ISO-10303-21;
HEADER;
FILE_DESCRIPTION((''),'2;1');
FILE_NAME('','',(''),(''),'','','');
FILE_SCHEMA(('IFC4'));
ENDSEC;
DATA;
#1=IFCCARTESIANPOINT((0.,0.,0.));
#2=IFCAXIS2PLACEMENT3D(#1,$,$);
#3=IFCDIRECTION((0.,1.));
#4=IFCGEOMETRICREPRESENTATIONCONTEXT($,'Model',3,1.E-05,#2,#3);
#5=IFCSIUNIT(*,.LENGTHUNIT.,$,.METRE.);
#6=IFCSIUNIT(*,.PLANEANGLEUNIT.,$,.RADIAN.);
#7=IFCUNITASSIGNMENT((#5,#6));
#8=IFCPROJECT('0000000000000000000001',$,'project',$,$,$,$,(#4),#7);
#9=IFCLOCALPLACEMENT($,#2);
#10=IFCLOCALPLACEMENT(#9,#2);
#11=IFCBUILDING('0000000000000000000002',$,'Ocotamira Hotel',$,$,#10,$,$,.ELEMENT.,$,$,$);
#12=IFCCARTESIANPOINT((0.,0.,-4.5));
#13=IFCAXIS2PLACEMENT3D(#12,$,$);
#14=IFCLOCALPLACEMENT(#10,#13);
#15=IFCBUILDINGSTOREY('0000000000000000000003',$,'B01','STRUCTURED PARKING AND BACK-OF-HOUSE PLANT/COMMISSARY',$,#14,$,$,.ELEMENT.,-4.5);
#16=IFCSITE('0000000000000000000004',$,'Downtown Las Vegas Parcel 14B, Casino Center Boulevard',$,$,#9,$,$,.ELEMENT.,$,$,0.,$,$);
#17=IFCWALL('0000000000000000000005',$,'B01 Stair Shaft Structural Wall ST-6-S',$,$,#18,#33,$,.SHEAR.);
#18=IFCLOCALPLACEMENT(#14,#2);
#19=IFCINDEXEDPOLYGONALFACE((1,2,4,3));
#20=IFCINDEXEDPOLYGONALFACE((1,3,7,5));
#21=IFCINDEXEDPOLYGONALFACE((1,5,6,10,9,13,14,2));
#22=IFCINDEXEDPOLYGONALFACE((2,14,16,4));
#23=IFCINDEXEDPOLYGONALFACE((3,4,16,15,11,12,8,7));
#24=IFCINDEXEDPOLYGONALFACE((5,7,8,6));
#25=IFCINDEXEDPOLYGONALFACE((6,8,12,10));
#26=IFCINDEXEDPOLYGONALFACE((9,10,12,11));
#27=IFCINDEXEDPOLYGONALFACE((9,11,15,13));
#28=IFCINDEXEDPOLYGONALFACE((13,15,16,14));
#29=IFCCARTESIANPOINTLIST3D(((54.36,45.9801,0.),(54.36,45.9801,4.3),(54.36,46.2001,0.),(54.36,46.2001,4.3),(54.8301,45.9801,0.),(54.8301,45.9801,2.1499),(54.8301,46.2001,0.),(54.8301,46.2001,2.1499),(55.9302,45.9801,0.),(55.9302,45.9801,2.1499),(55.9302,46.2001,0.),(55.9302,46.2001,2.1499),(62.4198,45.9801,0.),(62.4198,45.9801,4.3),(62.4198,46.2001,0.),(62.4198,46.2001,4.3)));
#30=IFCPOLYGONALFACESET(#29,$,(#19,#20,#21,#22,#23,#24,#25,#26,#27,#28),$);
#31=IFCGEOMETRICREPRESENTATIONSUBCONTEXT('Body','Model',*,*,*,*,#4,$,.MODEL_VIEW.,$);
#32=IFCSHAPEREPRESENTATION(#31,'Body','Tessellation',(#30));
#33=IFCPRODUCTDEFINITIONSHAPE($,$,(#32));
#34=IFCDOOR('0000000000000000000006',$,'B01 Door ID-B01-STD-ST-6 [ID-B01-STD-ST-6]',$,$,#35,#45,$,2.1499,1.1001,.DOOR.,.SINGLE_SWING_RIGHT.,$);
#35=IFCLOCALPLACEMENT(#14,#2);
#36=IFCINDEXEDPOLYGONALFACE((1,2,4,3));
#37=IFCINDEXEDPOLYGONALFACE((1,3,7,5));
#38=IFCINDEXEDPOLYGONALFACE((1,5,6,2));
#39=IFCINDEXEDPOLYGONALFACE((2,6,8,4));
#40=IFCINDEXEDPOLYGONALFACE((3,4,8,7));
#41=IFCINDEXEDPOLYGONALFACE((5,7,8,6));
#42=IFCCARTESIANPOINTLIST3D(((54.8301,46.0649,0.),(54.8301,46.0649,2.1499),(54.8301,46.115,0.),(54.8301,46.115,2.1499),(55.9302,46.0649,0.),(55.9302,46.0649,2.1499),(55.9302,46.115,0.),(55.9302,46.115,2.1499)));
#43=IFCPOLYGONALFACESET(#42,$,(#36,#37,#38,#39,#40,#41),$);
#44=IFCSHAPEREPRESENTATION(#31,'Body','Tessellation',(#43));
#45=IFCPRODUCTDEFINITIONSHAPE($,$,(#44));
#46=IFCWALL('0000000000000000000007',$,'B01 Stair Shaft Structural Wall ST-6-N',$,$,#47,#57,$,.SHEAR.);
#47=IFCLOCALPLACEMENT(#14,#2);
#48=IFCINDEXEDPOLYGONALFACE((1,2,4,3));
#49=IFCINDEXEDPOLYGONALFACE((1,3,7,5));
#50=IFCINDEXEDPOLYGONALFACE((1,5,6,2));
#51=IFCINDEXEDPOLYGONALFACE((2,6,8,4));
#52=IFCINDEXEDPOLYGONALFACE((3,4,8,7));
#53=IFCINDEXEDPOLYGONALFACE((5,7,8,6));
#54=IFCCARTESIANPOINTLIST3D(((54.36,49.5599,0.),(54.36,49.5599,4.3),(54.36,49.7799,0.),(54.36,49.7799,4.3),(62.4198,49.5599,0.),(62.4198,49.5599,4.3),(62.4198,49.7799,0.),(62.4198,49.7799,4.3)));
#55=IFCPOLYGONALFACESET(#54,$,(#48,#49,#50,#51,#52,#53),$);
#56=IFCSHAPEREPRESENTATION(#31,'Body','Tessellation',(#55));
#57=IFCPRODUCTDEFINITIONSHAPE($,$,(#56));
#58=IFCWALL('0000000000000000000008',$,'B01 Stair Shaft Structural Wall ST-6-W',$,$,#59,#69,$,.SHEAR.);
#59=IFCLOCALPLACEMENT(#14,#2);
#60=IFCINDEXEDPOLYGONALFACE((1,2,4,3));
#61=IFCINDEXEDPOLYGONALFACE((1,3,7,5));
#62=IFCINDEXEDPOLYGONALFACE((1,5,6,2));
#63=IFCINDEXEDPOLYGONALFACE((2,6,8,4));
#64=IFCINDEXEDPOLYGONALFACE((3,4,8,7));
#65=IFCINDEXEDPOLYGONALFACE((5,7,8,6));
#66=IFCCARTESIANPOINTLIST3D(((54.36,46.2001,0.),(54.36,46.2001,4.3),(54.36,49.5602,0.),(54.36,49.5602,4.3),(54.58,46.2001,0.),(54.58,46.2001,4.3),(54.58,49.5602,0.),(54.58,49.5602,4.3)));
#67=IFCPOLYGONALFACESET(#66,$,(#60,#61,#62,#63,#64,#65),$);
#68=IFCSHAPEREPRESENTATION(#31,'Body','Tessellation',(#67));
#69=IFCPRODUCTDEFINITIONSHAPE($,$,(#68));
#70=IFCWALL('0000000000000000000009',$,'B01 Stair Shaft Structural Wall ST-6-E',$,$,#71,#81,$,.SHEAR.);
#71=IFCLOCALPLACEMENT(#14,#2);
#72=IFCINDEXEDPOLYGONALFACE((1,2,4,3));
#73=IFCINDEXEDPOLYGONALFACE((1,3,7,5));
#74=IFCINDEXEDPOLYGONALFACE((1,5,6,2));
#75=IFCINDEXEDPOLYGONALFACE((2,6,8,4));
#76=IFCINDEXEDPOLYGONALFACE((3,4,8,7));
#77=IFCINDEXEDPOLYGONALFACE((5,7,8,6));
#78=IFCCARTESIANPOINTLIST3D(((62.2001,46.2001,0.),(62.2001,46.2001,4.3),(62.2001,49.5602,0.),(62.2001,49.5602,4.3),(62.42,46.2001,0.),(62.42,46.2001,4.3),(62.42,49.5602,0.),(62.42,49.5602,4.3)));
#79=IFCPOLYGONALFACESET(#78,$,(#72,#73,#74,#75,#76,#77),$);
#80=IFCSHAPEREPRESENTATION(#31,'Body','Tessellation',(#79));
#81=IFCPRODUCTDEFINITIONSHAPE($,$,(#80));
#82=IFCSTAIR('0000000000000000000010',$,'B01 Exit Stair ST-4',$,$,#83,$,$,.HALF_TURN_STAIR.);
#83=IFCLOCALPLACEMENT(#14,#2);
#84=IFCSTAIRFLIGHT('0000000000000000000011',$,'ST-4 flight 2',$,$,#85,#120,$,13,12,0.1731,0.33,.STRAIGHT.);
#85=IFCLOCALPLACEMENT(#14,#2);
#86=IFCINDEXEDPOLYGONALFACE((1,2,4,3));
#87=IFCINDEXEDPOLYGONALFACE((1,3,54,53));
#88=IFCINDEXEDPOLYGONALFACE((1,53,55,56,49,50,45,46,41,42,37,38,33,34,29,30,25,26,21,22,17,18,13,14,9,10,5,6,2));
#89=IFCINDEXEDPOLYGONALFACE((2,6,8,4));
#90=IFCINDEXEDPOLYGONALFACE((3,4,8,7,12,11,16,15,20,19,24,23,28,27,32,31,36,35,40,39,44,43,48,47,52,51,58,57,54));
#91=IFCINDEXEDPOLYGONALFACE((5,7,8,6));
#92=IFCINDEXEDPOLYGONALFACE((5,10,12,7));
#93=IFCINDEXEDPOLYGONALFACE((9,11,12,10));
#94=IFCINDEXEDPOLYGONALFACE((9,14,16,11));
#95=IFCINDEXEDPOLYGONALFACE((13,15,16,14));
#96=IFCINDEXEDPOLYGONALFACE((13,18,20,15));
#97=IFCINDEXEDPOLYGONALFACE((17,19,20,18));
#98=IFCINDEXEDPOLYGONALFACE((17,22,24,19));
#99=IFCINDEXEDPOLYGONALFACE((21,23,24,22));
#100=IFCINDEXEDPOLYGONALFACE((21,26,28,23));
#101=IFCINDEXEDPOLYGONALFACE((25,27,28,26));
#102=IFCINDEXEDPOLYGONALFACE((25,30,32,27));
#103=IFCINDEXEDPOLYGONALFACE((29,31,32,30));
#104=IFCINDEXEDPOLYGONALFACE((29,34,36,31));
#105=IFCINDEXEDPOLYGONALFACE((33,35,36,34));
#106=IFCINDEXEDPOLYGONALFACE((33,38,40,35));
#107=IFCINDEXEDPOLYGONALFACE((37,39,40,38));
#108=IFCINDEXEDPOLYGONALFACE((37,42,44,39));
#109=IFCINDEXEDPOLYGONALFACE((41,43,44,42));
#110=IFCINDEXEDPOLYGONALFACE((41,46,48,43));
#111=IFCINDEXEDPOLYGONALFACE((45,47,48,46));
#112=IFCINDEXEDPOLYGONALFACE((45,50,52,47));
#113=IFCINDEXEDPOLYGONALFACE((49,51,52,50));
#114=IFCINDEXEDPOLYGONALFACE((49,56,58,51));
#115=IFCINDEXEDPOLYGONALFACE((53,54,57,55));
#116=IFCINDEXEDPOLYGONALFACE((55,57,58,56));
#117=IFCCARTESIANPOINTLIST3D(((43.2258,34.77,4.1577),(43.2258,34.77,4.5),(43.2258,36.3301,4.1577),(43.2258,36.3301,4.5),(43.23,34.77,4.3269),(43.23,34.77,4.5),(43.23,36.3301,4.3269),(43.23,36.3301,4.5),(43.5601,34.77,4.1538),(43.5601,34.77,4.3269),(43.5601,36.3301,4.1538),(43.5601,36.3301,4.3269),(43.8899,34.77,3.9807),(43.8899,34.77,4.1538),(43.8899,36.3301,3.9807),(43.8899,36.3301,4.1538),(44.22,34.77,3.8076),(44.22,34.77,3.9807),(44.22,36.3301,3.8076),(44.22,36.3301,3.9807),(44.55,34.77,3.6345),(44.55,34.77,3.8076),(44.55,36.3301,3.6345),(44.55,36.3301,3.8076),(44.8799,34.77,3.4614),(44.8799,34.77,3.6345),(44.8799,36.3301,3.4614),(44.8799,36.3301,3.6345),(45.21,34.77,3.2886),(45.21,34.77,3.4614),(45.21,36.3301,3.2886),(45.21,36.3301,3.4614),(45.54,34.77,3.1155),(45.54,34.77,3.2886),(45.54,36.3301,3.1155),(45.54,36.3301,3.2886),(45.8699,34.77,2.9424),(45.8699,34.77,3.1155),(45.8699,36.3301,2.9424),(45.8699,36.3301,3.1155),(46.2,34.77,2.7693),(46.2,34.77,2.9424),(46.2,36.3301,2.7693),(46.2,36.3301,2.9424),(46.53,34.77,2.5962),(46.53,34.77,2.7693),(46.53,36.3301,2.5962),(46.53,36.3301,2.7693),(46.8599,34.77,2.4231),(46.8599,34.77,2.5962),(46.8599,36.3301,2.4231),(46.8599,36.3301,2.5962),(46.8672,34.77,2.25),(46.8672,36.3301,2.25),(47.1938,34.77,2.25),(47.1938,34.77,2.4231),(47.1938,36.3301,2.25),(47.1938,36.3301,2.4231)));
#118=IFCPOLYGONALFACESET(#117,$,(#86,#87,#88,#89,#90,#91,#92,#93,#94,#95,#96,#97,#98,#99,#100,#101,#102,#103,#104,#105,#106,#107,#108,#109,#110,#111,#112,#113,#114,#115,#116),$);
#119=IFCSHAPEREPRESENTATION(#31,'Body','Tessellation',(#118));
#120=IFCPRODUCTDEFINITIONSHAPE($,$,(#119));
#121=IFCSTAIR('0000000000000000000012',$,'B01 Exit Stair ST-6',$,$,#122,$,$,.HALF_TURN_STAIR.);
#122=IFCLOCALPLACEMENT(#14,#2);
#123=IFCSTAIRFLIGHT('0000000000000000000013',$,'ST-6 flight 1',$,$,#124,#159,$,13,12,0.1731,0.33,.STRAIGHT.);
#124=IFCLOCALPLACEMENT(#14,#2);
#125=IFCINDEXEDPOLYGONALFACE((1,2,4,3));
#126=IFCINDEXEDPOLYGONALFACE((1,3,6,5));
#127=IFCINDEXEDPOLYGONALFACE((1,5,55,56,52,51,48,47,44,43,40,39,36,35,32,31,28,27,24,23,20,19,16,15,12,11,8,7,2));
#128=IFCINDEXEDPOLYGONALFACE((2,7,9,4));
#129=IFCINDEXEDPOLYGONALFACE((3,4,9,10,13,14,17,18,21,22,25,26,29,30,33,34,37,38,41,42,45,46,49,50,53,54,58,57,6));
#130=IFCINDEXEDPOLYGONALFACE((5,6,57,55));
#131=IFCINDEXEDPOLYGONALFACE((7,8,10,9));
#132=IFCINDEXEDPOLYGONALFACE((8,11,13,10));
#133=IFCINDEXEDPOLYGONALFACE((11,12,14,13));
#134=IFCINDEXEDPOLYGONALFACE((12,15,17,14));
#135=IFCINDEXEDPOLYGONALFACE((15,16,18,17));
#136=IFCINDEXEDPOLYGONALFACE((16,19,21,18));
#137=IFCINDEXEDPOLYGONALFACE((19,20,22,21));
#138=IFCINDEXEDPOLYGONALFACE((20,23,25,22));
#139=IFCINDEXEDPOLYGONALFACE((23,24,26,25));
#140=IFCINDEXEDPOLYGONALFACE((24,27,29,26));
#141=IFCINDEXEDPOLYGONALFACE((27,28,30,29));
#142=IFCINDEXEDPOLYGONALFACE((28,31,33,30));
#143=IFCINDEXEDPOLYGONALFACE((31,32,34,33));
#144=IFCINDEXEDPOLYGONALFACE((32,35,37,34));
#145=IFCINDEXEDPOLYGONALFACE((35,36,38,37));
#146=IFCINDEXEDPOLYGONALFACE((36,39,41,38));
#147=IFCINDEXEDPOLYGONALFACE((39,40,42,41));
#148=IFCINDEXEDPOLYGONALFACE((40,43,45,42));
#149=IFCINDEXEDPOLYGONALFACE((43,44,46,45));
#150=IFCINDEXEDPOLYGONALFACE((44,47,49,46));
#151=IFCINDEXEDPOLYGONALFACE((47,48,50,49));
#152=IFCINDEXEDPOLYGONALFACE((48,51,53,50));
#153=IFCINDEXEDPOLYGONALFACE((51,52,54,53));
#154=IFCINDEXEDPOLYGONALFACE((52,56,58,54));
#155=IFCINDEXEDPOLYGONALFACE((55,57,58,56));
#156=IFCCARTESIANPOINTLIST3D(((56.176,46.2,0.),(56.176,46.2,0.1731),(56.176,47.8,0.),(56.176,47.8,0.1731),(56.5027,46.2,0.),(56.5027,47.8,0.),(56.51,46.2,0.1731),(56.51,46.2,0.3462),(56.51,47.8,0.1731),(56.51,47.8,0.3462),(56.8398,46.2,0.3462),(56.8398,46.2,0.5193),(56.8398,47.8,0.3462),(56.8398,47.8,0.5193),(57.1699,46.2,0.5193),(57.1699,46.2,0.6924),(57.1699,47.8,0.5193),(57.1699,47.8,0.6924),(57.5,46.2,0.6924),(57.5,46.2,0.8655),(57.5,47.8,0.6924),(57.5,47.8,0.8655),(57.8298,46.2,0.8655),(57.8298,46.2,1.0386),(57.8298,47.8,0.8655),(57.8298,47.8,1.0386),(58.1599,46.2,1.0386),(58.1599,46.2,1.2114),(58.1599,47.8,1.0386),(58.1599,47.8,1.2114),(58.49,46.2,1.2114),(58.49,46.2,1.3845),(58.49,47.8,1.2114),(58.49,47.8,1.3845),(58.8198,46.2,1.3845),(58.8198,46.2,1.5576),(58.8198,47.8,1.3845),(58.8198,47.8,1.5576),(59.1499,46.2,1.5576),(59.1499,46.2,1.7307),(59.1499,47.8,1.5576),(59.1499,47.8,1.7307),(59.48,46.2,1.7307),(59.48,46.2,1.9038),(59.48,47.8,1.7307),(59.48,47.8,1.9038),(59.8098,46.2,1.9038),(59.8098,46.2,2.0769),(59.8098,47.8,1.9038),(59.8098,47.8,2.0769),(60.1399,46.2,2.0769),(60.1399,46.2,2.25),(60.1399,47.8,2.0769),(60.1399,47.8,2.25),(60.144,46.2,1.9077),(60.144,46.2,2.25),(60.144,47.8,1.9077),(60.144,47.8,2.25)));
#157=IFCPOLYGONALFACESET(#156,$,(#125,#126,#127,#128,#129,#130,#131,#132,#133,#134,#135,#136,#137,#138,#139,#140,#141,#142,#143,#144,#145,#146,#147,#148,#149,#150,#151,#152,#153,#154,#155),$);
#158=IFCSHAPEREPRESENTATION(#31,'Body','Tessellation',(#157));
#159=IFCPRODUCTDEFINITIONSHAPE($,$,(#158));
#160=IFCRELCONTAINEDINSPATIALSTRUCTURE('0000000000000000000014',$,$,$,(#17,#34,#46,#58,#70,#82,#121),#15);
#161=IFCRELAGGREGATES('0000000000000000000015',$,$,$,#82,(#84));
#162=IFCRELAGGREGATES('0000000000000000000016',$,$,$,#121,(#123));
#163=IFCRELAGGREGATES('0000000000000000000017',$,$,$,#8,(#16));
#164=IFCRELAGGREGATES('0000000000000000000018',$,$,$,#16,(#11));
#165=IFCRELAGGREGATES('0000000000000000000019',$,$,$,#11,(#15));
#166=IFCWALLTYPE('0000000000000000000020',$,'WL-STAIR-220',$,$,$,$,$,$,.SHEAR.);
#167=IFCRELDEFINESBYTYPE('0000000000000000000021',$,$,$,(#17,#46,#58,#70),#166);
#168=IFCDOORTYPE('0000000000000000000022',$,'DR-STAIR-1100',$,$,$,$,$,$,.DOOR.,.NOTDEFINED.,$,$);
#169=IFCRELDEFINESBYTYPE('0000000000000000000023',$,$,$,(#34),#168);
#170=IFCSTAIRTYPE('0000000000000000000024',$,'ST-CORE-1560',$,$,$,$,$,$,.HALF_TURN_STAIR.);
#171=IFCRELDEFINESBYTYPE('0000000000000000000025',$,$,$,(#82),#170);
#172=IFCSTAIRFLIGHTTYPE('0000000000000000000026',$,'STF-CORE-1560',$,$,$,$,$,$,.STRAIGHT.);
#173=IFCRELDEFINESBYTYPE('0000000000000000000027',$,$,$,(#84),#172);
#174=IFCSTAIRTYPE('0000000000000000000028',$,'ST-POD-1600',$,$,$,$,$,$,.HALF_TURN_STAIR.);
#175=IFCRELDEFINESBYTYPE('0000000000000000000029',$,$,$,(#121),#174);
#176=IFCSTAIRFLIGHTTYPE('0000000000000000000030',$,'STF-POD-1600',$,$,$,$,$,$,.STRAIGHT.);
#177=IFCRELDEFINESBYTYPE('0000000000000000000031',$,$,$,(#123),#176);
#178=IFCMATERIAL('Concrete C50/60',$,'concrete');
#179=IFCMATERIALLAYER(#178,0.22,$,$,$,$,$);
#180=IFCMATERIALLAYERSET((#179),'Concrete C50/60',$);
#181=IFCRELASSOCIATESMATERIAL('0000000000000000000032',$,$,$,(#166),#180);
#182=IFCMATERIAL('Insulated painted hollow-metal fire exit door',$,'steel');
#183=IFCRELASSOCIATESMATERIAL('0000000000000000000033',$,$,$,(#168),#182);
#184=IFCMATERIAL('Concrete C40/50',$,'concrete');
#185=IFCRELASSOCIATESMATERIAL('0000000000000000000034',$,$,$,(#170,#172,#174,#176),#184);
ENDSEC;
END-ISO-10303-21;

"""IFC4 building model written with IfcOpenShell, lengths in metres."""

from ifc_helpers import new_model, si_unit, direction, frame, frame_2d, origin, place, context, subcontext, project, spatial, polyline, rectangle, outline, extrude, source, transform, mapped, material, layer, layer_set, type_object, element, fill, aggregate, save


model = new_model("IFC4")

# Units and contexts
model_context = context("Model", 3, precision=1e-05, world=origin(), true_north=direction((0.0, 1.0)))
body_context = subcontext(model_context, "Body", "Model", "MODEL_VIEW")
ifc_project = project(units=[si_unit("LENGTHUNIT", "METRE"), si_unit("PLANEANGLEUNIT", "RADIAN")], contexts=[model_context])

# Site, building, storey
site_placement = place(None, origin())
site = spatial("IfcSite", under=ifc_project, at=site_placement, Name="Downtown Las Vegas Parcel 14B, Casino Center Boulevard", CompositionType="ELEMENT", RefElevation=0.0)
building_placement = place(site_placement, origin())
building = spatial("IfcBuilding", under=site, at=building_placement, Name="Ocotamira Hotel", CompositionType="ELEMENT")
storey_placement = place(building_placement, frame((0.0, 0.0, -4.5)))
storey = spatial("IfcBuildingStorey", under=building, at=storey_placement, Name="B01", Description="STRUCTURED PARKING AND BACK-OF-HOUSE PLANT/COMMISSARY", CompositionType="ELEMENT", Elevation=-4.5)

# Shared definitions
ifc_material_1 = material(Name="Concrete C50/60", Category="concrete")

# Shared definitions
ifc_layer_1 = layer(ifc_material_1, 0.22)
ifc_layer_set_1 = layer_set([ifc_layer_1], Name="Concrete C50/60")
wall_type_1 = type_object("IfcWallType", Name="WL-STAIR-220", PredefinedType="SHEAR", material=ifc_layer_set_1)

# Wall, opening, door
wall_1_placement = place(storey_placement, frame((54.3601, 46.0901, 0.0), z_axis=(0.0, 0.0, 1.0), x_axis=(1.0, 0.0, 0.0)))
wall_1 = element("IfcWall", 1, at=wall_1_placement, inside=storey, type_object=wall_type_1, Name="B01 Stair Shaft Structural Wall ST-6-S", PredefinedType="SHEAR", context=body_context, shape_type="SweptSolid", body=[
    extrude(rectangle(XDim=8.0598, YDim=0.22, at=frame_2d((4.0298, 0.0))), origin(), (0.0, 0.0, 1.0), 4.3),
])
opening_1_placement = place(wall_1_placement, frame((0.47, 0.0, 0.0)))
opening_1 = element("IfcOpeningElement", 2, at=opening_1_placement, cuts=wall_1, PredefinedType="OPENING", context=body_context, shape_type="SweptSolid", body=[
    extrude(rectangle(XDim=1.1001, YDim=2.1499, at=frame_2d((0.55, 1.075))), frame((0.0, 0.1201, 0.0), z_axis=(0.0, -1.0, 0.0), x_axis=(1.0, 0.0, 0.0)), (0.0, 0.0, 1.0), 0.24),
])
ifc_material_2 = material(Name="Insulated painted hollow-metal fire exit door", Category="steel")
door_type_1 = type_object("IfcDoorType", Name="DR-STAIR-1100", OperationType="NOTDEFINED", PredefinedType="DOOR", material=ifc_material_2)
shared_shape_1 = source(origin(), body_context, "Body", "SweptSolid", [
    extrude(rectangle(XDim=1.1001, YDim=2.1499, at=frame_2d((0.55, 1.075))), frame((0.0, 0.0249, 0.0), z_axis=(0.0, -1.0, 0.0), x_axis=(1.0, 0.0, 0.0)), (0.0, 0.0, 1.0), 0.05),
])
door_1_placement = place(opening_1_placement, origin())
door_1 = element("IfcDoor", 3, at=door_1_placement, inside=storey, type_object=door_type_1, Name="B01 Door ID-B01-STD-ST-6 [ID-B01-STD-ST-6]", OperationType="SINGLE_SWING_RIGHT", OverallHeight=2.1499, OverallWidth=1.1001, PredefinedType="DOOR", context=body_context, shape_type="MappedRepresentation", body=[
    mapped(shared_shape_1, transform((0.0, 0.0, 0.0), scale=1.0)),
])
fill(opening_1, door_1)

# Walls
wall_2_placement = place(storey_placement, frame((54.3601, 49.6699, 0.0), z_axis=(0.0, 0.0, 1.0), x_axis=(1.0, 0.0, 0.0)))
element("IfcWall", 4, at=wall_2_placement, inside=storey, type_object=wall_type_1, Name="B01 Stair Shaft Structural Wall ST-6-N", PredefinedType="SHEAR", context=body_context, shape_type="SweptSolid", body=[
    extrude(rectangle(XDim=8.0598, YDim=0.22, at=frame_2d((4.0298, 0.0))), origin(), (0.0, 0.0, 1.0), 4.3),
])
for number, where, z_axis, x_axis, name in (
    (5, (54.47, 46.2, 0.0), (0.0, 0.0, 1.0), (0.0, 1.0, 0.0), "B01 Stair Shaft Structural Wall ST-6-W"),
    (6, (62.3101, 46.2, 0.0), (0.0, 0.0, 1.0), (0.0, 1.0, 0.0), "B01 Stair Shaft Structural Wall ST-6-E"),
):
    element("IfcWall", number, at=place(storey_placement, frame(where, z_axis=z_axis, x_axis=x_axis)), inside=storey, type_object=wall_type_1, Name=name, PredefinedType="SHEAR", context=body_context, shape_type="SweptSolid", body=[
        extrude(rectangle(XDim=3.3601, YDim=0.22, at=frame_2d((1.6802, 0.0))), origin(), (0.0, 0.0, 1.0), 4.3),
    ])

# Stair, stair flight
ifc_material_3 = material(Name="Concrete C40/50", Category="concrete")
stair_type_1 = type_object("IfcStairType", Name="ST-CORE-1560", PredefinedType="HALF_TURN_STAIR", material=ifc_material_3)
stair_1_placement = place(storey_placement, origin())
stair_1 = element("IfcStair", 7, at=stair_1_placement, inside=storey, type_object=stair_type_1, Name="B01 Exit Stair ST-4", PredefinedType="HALF_TURN_STAIR")
stair_flight_type_1 = type_object("IfcStairFlightType", Name="STF-CORE-1560", PredefinedType="STRAIGHT", material=ifc_material_3)
shared_shape_2 = source(origin(), body_context, "Body", "SweptSolid", [
    extrude(outline(polyline([(-0.0039, 0.0), (-0.0039, 0.1731), (0.3301, 0.1731), (0.3301, 0.3462), (0.6599, 0.3462), (0.6599, 0.5193), (0.99, 0.5193), (0.99, 0.6924), (1.3201, 0.6924), (1.3201, 0.8655), (1.6499, 0.8655), (1.6499, 1.0386), (1.98, 1.0386), (1.98, 1.2114), (2.3101, 1.2114), (2.3101, 1.3845), (2.6399, 1.3845), (2.6399, 1.5576), (2.97, 1.5576), (2.97, 1.7307), (3.3, 1.7307), (3.3, 1.9038), (3.6299, 1.9038), (3.6299, 2.0769), (3.96, 2.0769), (3.96, 2.25), (3.9641, 2.25), (3.9641, 1.9077), (0.3228, 0.0), (-0.0039, 0.0)])), frame((0.0, 0.78, 0.0), z_axis=(0.0, -1.0, 0.0), x_axis=(1.0, 0.0, 0.0)), (0.0, 0.0, 1.0), 1.5601),
])
stair_flight_1_placement = place(storey_placement, frame((47.1899, 35.55, 2.25), z_axis=(0.0, 0.0, 1.0), x_axis=(-1.0, 0.0, 0.0)))
stair_flight_1 = element("IfcStairFlight", 8, at=stair_flight_1_placement, type_object=stair_flight_type_1, Name="ST-4 flight 2", NumberOfRisers=13, NumberOfTreads=12, PredefinedType="STRAIGHT", RiserHeight=0.1731, TreadLength=0.33, context=body_context, shape_type="MappedRepresentation", body=[
    mapped(shared_shape_2, transform((0.0, 0.0, 0.0), scale=1.0)),
])
aggregate(stair_1, [stair_flight_1])

# Stair, stair flight
stair_type_2 = type_object("IfcStairType", Name="ST-POD-1600", PredefinedType="HALF_TURN_STAIR", material=ifc_material_3)
stair_2_placement = place(storey_placement, origin())
stair_2 = element("IfcStair", 9, at=stair_2_placement, inside=storey, type_object=stair_type_2, Name="B01 Exit Stair ST-6", PredefinedType="HALF_TURN_STAIR")
stair_flight_type_2 = type_object("IfcStairFlightType", Name="STF-POD-1600", PredefinedType="STRAIGHT", material=ifc_material_3)
shared_shape_3 = source(origin(), body_context, "Body", "SweptSolid", [
    extrude(outline(polyline([(-0.0039, 0.0), (-0.0039, 0.1731), (0.3301, 0.1731), (0.3301, 0.3462), (0.6599, 0.3462), (0.6599, 0.5193), (0.99, 0.5193), (0.99, 0.6924), (1.3201, 0.6924), (1.3201, 0.8655), (1.6499, 0.8655), (1.6499, 1.0386), (1.98, 1.0386), (1.98, 1.2114), (2.3101, 1.2114), (2.3101, 1.3845), (2.6399, 1.3845), (2.6399, 1.5576), (2.97, 1.5576), (2.97, 1.7307), (3.3, 1.7307), (3.3, 1.9038), (3.6299, 1.9038), (3.6299, 2.0769), (3.96, 2.0769), (3.96, 2.25), (3.9641, 2.25), (3.9641, 1.9077), (0.3228, 0.0), (-0.0039, 0.0)])), frame((0.0, 0.8, 0.0), z_axis=(0.0, -1.0, 0.0), x_axis=(1.0, 0.0, 0.0)), (0.0, 0.0, 1.0), 1.6001),
])
stair_flight_2_placement = place(storey_placement, frame((56.1799, 47.0, 0.0), z_axis=(0.0, 0.0, 1.0), x_axis=(1.0, 0.0, 0.0)))
stair_flight_2 = element("IfcStairFlight", 10, at=stair_flight_2_placement, type_object=stair_flight_type_2, Name="ST-6 flight 1", NumberOfRisers=13, NumberOfTreads=12, PredefinedType="STRAIGHT", RiserHeight=0.1731, TreadLength=0.33, context=body_context, shape_type="MappedRepresentation", body=[
    mapped(shared_shape_3, transform((0.0, 0.0, 0.0), scale=1.0)),
])
aggregate(stair_2, [stair_flight_2])

save(model, "model.ifc")
